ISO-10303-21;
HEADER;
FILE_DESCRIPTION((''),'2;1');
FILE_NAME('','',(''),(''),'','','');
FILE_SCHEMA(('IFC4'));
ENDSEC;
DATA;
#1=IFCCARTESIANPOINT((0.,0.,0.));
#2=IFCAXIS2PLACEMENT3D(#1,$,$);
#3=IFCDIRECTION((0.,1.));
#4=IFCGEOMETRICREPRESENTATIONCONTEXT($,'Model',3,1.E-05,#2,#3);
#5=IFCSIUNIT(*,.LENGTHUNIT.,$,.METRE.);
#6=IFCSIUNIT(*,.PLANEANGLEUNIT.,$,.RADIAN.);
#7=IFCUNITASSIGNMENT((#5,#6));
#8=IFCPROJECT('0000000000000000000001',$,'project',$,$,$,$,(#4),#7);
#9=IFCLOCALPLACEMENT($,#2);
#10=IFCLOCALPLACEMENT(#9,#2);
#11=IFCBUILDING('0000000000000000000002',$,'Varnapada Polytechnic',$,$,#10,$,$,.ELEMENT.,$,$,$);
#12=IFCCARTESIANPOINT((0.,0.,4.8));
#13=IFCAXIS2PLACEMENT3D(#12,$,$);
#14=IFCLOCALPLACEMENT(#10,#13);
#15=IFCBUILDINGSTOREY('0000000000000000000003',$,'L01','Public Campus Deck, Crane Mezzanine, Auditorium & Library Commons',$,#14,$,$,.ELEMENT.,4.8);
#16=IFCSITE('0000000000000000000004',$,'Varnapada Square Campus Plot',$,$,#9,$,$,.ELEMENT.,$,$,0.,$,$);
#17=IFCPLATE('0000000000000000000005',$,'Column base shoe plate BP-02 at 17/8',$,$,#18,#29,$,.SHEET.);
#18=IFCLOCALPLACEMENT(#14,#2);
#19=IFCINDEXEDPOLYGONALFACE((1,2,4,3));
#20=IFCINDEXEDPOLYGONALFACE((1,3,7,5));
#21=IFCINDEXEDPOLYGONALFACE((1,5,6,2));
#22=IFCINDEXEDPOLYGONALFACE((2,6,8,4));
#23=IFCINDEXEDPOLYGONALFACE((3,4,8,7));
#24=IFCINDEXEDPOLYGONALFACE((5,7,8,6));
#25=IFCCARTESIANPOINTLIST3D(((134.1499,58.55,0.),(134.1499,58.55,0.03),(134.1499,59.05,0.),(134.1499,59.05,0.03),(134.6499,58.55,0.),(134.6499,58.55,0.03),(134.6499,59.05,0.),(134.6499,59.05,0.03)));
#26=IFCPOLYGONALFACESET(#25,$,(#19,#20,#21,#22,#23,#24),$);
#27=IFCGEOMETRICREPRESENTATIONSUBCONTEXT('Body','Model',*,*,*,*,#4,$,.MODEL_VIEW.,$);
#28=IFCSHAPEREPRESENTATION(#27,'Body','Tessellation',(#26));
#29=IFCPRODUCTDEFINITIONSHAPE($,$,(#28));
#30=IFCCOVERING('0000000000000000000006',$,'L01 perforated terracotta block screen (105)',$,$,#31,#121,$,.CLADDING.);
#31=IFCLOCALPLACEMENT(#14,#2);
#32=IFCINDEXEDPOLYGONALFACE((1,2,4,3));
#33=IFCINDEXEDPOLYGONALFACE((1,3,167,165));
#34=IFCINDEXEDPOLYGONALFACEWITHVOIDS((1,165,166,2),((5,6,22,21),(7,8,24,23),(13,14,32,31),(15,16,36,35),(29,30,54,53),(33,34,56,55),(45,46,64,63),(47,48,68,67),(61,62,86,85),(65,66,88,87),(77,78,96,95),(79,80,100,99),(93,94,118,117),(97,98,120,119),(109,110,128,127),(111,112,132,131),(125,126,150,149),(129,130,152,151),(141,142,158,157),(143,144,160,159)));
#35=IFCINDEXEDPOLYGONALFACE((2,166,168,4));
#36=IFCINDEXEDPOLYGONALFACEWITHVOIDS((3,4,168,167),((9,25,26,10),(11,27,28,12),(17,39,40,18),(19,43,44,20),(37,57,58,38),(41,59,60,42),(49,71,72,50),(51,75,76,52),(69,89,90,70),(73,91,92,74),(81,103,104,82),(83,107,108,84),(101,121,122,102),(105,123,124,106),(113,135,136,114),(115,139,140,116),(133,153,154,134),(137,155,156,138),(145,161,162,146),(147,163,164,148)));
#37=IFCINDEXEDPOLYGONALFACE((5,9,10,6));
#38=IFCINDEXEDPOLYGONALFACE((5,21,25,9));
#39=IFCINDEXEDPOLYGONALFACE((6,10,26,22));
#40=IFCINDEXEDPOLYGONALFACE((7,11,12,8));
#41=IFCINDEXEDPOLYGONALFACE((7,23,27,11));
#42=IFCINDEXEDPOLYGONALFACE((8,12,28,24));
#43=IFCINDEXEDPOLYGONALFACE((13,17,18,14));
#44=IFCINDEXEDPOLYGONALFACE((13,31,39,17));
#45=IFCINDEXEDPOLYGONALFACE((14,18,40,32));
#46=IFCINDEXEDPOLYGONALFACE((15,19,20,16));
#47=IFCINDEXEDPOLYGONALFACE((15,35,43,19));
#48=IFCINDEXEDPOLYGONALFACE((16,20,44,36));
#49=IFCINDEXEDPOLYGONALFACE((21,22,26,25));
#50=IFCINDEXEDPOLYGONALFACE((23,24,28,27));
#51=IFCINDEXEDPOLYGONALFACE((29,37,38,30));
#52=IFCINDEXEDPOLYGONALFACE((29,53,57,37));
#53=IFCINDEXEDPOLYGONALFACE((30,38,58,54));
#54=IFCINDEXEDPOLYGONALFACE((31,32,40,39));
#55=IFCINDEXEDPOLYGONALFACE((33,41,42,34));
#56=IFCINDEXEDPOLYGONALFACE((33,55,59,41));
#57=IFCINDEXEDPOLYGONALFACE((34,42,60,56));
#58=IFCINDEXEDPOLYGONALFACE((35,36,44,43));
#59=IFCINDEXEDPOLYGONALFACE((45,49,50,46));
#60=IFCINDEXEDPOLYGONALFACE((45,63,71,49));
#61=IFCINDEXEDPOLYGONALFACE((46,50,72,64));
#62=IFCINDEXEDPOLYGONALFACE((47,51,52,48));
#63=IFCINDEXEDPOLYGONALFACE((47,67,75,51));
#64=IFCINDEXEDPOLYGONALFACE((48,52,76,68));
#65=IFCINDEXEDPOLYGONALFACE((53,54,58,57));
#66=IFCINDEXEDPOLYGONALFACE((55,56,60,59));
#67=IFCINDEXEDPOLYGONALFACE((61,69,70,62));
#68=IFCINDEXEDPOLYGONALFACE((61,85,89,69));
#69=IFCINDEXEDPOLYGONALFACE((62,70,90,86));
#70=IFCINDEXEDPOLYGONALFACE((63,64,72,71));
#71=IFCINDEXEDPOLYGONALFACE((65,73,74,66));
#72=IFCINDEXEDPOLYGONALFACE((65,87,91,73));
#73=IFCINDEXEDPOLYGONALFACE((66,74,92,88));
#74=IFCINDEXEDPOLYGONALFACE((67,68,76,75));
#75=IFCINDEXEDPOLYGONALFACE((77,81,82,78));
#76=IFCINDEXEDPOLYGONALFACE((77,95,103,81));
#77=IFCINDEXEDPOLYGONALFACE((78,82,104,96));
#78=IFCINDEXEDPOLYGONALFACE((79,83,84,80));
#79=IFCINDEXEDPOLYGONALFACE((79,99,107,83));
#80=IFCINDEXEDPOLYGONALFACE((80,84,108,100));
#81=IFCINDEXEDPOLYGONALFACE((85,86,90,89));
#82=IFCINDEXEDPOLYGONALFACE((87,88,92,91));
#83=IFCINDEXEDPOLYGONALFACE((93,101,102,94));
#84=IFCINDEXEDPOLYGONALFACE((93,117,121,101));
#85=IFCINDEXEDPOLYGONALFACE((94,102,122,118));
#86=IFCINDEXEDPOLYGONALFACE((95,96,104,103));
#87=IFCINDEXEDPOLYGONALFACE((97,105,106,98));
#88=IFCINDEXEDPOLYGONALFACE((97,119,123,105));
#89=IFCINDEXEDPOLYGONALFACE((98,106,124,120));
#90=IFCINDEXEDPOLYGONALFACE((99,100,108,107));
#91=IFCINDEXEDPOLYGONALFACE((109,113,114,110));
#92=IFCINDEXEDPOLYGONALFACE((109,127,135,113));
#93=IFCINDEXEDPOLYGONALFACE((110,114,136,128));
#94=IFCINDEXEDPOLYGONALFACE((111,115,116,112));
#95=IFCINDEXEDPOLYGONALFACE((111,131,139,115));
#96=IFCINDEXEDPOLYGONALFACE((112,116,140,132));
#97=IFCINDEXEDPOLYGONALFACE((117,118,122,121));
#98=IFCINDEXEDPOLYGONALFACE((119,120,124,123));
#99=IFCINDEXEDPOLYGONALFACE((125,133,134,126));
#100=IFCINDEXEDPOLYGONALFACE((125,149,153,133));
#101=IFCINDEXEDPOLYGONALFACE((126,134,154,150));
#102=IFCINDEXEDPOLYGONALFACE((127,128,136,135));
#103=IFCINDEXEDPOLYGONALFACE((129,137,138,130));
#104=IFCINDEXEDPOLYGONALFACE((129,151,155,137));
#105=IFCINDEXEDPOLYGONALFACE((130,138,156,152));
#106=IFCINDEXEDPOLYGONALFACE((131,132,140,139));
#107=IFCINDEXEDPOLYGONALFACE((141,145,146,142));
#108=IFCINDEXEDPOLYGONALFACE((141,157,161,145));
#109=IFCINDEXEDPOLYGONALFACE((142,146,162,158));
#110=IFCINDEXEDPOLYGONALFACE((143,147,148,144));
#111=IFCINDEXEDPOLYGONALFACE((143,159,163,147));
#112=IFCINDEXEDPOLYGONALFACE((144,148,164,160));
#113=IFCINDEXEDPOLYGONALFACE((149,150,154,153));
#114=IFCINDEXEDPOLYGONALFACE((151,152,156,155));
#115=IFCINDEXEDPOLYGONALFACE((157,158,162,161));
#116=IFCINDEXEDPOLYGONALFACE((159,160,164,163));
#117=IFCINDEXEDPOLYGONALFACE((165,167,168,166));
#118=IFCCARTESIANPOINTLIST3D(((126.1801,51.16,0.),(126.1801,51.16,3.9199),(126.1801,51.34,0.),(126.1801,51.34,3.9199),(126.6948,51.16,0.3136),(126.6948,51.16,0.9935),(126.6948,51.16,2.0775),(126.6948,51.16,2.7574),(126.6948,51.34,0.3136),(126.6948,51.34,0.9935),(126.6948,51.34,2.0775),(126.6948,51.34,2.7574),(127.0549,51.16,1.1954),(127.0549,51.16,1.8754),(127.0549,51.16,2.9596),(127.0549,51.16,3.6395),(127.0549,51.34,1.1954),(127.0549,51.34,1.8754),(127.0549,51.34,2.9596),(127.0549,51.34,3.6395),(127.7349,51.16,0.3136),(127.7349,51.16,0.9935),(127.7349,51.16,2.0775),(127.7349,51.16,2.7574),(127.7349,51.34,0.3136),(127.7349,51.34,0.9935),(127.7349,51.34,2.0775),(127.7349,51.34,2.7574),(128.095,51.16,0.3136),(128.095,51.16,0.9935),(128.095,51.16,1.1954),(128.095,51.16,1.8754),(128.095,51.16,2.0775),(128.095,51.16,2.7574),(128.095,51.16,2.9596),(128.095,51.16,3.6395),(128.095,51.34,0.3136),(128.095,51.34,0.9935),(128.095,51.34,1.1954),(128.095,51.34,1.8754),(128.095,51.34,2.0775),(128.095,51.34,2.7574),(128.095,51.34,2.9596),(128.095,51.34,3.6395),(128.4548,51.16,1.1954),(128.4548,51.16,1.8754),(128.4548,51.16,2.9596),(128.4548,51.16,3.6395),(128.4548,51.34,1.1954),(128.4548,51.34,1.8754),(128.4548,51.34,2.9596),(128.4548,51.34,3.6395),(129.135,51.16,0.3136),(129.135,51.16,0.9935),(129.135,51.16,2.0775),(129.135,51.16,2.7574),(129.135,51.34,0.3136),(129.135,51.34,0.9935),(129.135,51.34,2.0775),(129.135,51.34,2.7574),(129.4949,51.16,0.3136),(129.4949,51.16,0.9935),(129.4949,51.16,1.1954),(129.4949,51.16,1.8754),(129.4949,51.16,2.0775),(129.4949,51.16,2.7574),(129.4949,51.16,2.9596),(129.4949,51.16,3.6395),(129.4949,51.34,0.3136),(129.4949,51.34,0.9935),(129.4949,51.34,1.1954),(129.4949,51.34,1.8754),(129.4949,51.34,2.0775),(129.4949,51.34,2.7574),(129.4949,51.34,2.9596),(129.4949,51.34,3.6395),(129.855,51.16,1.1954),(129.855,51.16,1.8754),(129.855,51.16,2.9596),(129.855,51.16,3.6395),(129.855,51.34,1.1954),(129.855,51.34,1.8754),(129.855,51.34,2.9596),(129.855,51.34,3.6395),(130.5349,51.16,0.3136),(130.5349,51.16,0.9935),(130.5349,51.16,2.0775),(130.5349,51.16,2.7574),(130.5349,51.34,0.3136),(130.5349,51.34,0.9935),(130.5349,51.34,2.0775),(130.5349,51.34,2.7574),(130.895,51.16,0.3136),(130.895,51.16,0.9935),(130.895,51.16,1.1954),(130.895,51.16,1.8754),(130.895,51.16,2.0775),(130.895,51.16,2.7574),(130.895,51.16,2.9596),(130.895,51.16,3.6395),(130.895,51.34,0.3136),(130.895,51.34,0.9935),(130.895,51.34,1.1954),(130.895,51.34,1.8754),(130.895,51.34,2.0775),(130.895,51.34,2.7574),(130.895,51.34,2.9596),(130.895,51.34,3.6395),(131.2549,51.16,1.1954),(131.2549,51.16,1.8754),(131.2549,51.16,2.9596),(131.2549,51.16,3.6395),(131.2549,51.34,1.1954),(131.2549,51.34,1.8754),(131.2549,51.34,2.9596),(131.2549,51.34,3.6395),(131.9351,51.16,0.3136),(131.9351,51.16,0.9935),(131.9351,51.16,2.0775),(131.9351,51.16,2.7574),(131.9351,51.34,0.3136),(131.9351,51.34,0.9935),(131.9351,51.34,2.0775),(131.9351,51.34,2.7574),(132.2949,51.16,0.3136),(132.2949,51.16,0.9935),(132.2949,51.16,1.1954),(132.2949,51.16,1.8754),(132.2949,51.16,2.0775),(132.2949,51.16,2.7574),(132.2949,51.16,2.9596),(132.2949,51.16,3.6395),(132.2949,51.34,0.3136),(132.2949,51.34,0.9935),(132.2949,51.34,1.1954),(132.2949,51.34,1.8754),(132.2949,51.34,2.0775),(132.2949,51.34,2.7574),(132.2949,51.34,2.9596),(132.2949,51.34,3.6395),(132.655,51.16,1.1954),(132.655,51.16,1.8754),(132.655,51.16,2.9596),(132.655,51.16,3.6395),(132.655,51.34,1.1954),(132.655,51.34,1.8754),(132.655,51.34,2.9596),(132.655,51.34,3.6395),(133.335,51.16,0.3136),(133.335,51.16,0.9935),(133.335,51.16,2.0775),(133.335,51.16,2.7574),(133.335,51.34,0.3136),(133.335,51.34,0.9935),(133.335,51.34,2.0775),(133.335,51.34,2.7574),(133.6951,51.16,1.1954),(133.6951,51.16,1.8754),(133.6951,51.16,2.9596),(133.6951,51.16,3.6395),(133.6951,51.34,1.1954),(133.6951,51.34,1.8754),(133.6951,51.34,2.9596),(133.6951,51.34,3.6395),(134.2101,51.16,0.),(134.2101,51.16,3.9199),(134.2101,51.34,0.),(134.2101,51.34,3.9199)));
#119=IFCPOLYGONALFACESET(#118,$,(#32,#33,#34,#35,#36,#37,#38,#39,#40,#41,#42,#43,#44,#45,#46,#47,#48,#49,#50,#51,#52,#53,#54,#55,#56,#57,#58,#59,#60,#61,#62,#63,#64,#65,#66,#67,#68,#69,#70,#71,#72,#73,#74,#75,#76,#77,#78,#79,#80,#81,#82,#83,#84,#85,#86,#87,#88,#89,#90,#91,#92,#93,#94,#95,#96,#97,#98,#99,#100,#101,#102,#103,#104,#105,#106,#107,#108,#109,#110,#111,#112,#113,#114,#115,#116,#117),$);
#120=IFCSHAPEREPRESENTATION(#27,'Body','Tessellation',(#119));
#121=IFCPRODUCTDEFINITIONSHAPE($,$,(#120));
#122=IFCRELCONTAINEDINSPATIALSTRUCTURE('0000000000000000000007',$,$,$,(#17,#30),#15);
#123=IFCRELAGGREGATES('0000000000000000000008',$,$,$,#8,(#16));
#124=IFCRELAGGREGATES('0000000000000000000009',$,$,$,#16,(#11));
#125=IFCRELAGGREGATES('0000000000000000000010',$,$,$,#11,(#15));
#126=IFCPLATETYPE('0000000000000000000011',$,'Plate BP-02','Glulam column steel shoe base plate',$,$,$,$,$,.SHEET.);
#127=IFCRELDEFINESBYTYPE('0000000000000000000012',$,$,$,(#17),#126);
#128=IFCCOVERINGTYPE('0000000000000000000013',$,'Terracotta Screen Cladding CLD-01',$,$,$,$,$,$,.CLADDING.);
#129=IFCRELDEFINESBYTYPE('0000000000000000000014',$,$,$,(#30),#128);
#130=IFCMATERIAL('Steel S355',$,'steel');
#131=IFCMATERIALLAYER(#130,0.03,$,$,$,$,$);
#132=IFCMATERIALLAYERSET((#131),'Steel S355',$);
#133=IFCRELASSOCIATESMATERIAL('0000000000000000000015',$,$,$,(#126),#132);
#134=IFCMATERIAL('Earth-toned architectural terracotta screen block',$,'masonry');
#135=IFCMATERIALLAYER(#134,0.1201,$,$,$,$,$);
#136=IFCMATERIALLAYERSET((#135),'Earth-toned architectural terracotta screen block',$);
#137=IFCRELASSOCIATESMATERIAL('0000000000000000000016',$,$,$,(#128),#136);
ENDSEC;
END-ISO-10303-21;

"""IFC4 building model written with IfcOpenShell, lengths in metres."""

from ifc_helpers import new_model, si_unit, direction, frame, frame_2d, origin, origin_2d, place, context, subcontext, project, spatial, rectangle, extrude, material, layer, layer_set, type_object, element, save


model = new_model("IFC4")

# Units and contexts
model_context = context("Model", 3, precision=1e-05, world=origin(), true_north=direction((0.0, 1.0)))
body_context = subcontext(model_context, "Body", "Model", "MODEL_VIEW")
ifc_project = project(units=[si_unit("LENGTHUNIT", "METRE"), si_unit("PLANEANGLEUNIT", "RADIAN")], contexts=[model_context])

# Site, building, storey
site_placement = place(None, origin())
site = spatial("IfcSite", under=ifc_project, at=site_placement, Name="Varnapada Square Campus Plot", CompositionType="ELEMENT", RefElevation=0.0)
building_placement = place(site_placement, origin())
building = spatial("IfcBuilding", under=site, at=building_placement, Name="Varnapada Polytechnic", CompositionType="ELEMENT")
storey_placement = place(building_placement, frame((0.0, 0.0, 4.8)))
storey = spatial("IfcBuildingStorey", under=building, at=storey_placement, Name="L01", Description="Public Campus Deck, Crane Mezzanine, Auditorium & Library Commons", CompositionType="ELEMENT", Elevation=4.8)

# Plate
ifc_material_1 = material(Name="Steel S355", Category="steel")
ifc_layer_1 = layer(ifc_material_1, 0.03)
ifc_layer_set_1 = layer_set([ifc_layer_1], Name="Steel S355")
plate_type = type_object("IfcPlateType", Name="Plate BP-02", Description="Glulam column steel shoe base plate", PredefinedType="SHEET", material=ifc_layer_set_1)
plate_placement = place(storey_placement, frame((134.3999, 58.8, 0.0), z_axis=(0.0, 0.0, 1.0), x_axis=(1.0, 0.0, 0.0)))
element("IfcPlate", 1, at=plate_placement, inside=storey, type_object=plate_type, Name="Column base shoe plate BP-02 at 17/8", PredefinedType="SHEET", context=body_context, shape_type="SweptSolid", body=[
    extrude(rectangle(XDim=0.5, YDim=0.5, at=origin_2d()), origin(), (0.0, 0.0, 1.0), 0.03),
])

# Covering, openings
ifc_material_2 = material(Name="Earth-toned architectural terracotta screen block", Category="masonry")
ifc_layer_2 = layer(ifc_material_2, 0.1201)
ifc_layer_set_2 = layer_set([ifc_layer_2], Name="Earth-toned architectural terracotta screen block")
covering_type = type_object("IfcCoveringType", Name="Terracotta Screen Cladding CLD-01", PredefinedType="CLADDING", material=ifc_layer_set_2)
covering_placement = place(storey_placement, frame((126.1799, 51.25, 0.0), z_axis=(0.0, 0.0, 1.0), x_axis=(1.0, 0.0, 0.0)))
covering = element("IfcCovering", 2, at=covering_placement, inside=storey, type_object=covering_type, Name="L01 perforated terracotta block screen (105)", PredefinedType="CLADDING", context=body_context, shape_type="SweptSolid", body=[
    extrude(rectangle(XDim=8.03, YDim=0.1799, at=frame_2d((4.0151, 0.0))), origin(), (0.0, 0.0, 1.0), 3.9199),
])
opening_1_placement = place(covering_placement, frame((0.5149, 0.0, 0.3137)))
element("IfcOpeningElement", 3, at=opening_1_placement, cuts=covering, PredefinedType="OPENING", context=body_context, shape_type="SweptSolid", body=[
    extrude(rectangle(XDim=1.04, YDim=0.6799, at=frame_2d((0.52, 0.3398))), frame((0.0, 0.0999, 0.0), z_axis=(0.0, -1.0, 0.0), x_axis=(1.0, 0.0, 0.0)), (0.0, 0.0, 1.0), 0.2),
])
opening_2_placement = place(covering_placement, frame((1.915, 0.0, 0.3137)))
element("IfcOpeningElement", 4, at=opening_2_placement, cuts=covering, PredefinedType="OPENING", context=body_context, shape_type="SweptSolid", body=[
    extrude(rectangle(XDim=1.04, YDim=0.6799, at=frame_2d((0.52, 0.3398))), frame((0.0, 0.0999, 0.0), z_axis=(0.0, -1.0, 0.0), x_axis=(1.0, 0.0, 0.0)), (0.0, 0.0, 1.0), 0.2),
])
opening_3_placement = place(covering_placement, frame((3.3149, 0.0, 0.3137)))
element("IfcOpeningElement", 5, at=opening_3_placement, cuts=covering, PredefinedType="OPENING", context=body_context, shape_type="SweptSolid", body=[
    extrude(rectangle(XDim=1.04, YDim=0.6799, at=frame_2d((0.52, 0.3398))), frame((0.0, 0.0999, 0.0), z_axis=(0.0, -1.0, 0.0), x_axis=(1.0, 0.0, 0.0)), (0.0, 0.0, 1.0), 0.2),
])
opening_4_placement = place(covering_placement, frame((4.7151, 0.0, 0.3137)))
element("IfcOpeningElement", 6, at=opening_4_placement, cuts=covering, PredefinedType="OPENING", context=body_context, shape_type="SweptSolid", body=[
    extrude(rectangle(XDim=1.04, YDim=0.6799, at=frame_2d((0.52, 0.3398))), frame((0.0, 0.0999, 0.0), z_axis=(0.0, -1.0, 0.0), x_axis=(1.0, 0.0, 0.0)), (0.0, 0.0, 1.0), 0.2),
])
opening_5_placement = place(covering_placement, frame((6.115, 0.0, 0.3137)))
element("IfcOpeningElement", 7, at=opening_5_placement, cuts=covering, PredefinedType="OPENING", context=body_context, shape_type="SweptSolid", body=[
    extrude(rectangle(XDim=1.04, YDim=0.6799, at=frame_2d((0.52, 0.3398))), frame((0.0, 0.0999, 0.0), z_axis=(0.0, -1.0, 0.0), x_axis=(1.0, 0.0, 0.0)), (0.0, 0.0, 1.0), 0.2),
])
opening_6_placement = place(covering_placement, frame((0.875, 0.0, 1.1956)))
element("IfcOpeningElement", 8, at=opening_6_placement, cuts=covering, PredefinedType="OPENING", context=body_context, shape_type="SweptSolid", body=[
    extrude(rectangle(XDim=1.04, YDim=0.6799, at=frame_2d((0.52, 0.3398))), frame((0.0, 0.0999, 0.0), z_axis=(0.0, -1.0, 0.0), x_axis=(1.0, 0.0, 0.0)), (0.0, 0.0, 1.0), 0.2),
])
opening_7_placement = place(covering_placement, frame((2.2749, 0.0, 1.1956)))
element("IfcOpeningElement", 9, at=opening_7_placement, cuts=covering, PredefinedType="OPENING", context=body_context, shape_type="SweptSolid", body=[
    extrude(rectangle(XDim=1.04, YDim=0.6799, at=frame_2d((0.52, 0.3398))), frame((0.0, 0.0999, 0.0), z_axis=(0.0, -1.0, 0.0), x_axis=(1.0, 0.0, 0.0)), (0.0, 0.0, 1.0), 0.2),
])
opening_8_placement = place(covering_placement, frame((3.675, 0.0, 1.1956)))
element("IfcOpeningElement", 10, at=opening_8_placement, cuts=covering, PredefinedType="OPENING", context=body_context, shape_type="SweptSolid", body=[
    extrude(rectangle(XDim=1.04, YDim=0.6799, at=frame_2d((0.52, 0.3398))), frame((0.0, 0.0999, 0.0), z_axis=(0.0, -1.0, 0.0), x_axis=(1.0, 0.0, 0.0)), (0.0, 0.0, 1.0), 0.2),
])
opening_9_placement = place(covering_placement, frame((5.075, 0.0, 1.1956)))
element("IfcOpeningElement", 11, at=opening_9_placement, cuts=covering, PredefinedType="OPENING", context=body_context, shape_type="SweptSolid", body=[
    extrude(rectangle(XDim=1.04, YDim=0.6799, at=frame_2d((0.52, 0.3398))), frame((0.0, 0.0999, 0.0), z_axis=(0.0, -1.0, 0.0), x_axis=(1.0, 0.0, 0.0)), (0.0, 0.0, 1.0), 0.2),
])
opening_10_placement = place(covering_placement, frame((6.4751, 0.0, 1.1956)))
element("IfcOpeningElement", 12, at=opening_10_placement, cuts=covering, PredefinedType="OPENING", context=body_context, shape_type="SweptSolid", body=[
    extrude(rectangle(XDim=1.04, YDim=0.6799, at=frame_2d((0.52, 0.3398))), frame((0.0, 0.0999, 0.0), z_axis=(0.0, -1.0, 0.0), x_axis=(1.0, 0.0, 0.0)), (0.0, 0.0, 1.0), 0.2),
])
opening_11_placement = place(covering_placement, frame((0.5149, 0.0, 2.0776)))
element("IfcOpeningElement", 13, at=opening_11_placement, cuts=covering, PredefinedType="OPENING", context=body_context, shape_type="SweptSolid", body=[
    extrude(rectangle(XDim=1.04, YDim=0.6799, at=frame_2d((0.52, 0.3398))), frame((0.0, 0.0999, 0.0), z_axis=(0.0, -1.0, 0.0), x_axis=(1.0, 0.0, 0.0)), (0.0, 0.0, 1.0), 0.2),
])
opening_12_placement = place(covering_placement, frame((1.915, 0.0, 2.0776)))
element("IfcOpeningElement", 14, at=opening_12_placement, cuts=covering, PredefinedType="OPENING", context=body_context, shape_type="SweptSolid", body=[
    extrude(rectangle(XDim=1.04, YDim=0.6799, at=frame_2d((0.52, 0.3398))), frame((0.0, 0.0999, 0.0), z_axis=(0.0, -1.0, 0.0), x_axis=(1.0, 0.0, 0.0)), (0.0, 0.0, 1.0), 0.2),
])
opening_13_placement = place(covering_placement, frame((3.3149, 0.0, 2.0776)))
element("IfcOpeningElement", 15, at=opening_13_placement, cuts=covering, PredefinedType="OPENING", context=body_context, shape_type="SweptSolid", body=[
    extrude(rectangle(XDim=1.04, YDim=0.6799, at=frame_2d((0.52, 0.3398))), frame((0.0, 0.0999, 0.0), z_axis=(0.0, -1.0, 0.0), x_axis=(1.0, 0.0, 0.0)), (0.0, 0.0, 1.0), 0.2),
])
opening_14_placement = place(covering_placement, frame((4.7151, 0.0, 2.0776)))
element("IfcOpeningElement", 16, at=opening_14_placement, cuts=covering, PredefinedType="OPENING", context=body_context, shape_type="SweptSolid", body=[
    extrude(rectangle(XDim=1.04, YDim=0.6799, at=frame_2d((0.52, 0.3398))), frame((0.0, 0.0999, 0.0), z_axis=(0.0, -1.0, 0.0), x_axis=(1.0, 0.0, 0.0)), (0.0, 0.0, 1.0), 0.2),
])
opening_15_placement = place(covering_placement, frame((6.115, 0.0, 2.0776)))
element("IfcOpeningElement", 17, at=opening_15_placement, cuts=covering, PredefinedType="OPENING", context=body_context, shape_type="SweptSolid", body=[
    extrude(rectangle(XDim=1.04, YDim=0.6799, at=frame_2d((0.52, 0.3398))), frame((0.0, 0.0999, 0.0), z_axis=(0.0, -1.0, 0.0), x_axis=(1.0, 0.0, 0.0)), (0.0, 0.0, 1.0), 0.2),
])
opening_16_placement = place(covering_placement, frame((0.875, 0.0, 2.9597)))
element("IfcOpeningElement", 18, at=opening_16_placement, cuts=covering, PredefinedType="OPENING", context=body_context, shape_type="SweptSolid", body=[
    extrude(rectangle(XDim=1.04, YDim=0.6799, at=frame_2d((0.52, 0.3398))), frame((0.0, 0.0999, 0.0), z_axis=(0.0, -1.0, 0.0), x_axis=(1.0, 0.0, 0.0)), (0.0, 0.0, 1.0), 0.2),
])
opening_17_placement = place(covering_placement, frame((2.2749, 0.0, 2.9597)))
element("IfcOpeningElement", 19, at=opening_17_placement, cuts=covering, PredefinedType="OPENING", context=body_context, shape_type="SweptSolid", body=[
    extrude(rectangle(XDim=1.04, YDim=0.6799, at=frame_2d((0.52, 0.3398))), frame((0.0, 0.0999, 0.0), z_axis=(0.0, -1.0, 0.0), x_axis=(1.0, 0.0, 0.0)), (0.0, 0.0, 1.0), 0.2),
])
opening_18_placement = place(covering_placement, frame((3.675, 0.0, 2.9597)))
element("IfcOpeningElement", 20, at=opening_18_placement, cuts=covering, PredefinedType="OPENING", context=body_context, shape_type="SweptSolid", body=[
    extrude(rectangle(XDim=1.04, YDim=0.6799, at=frame_2d((0.52, 0.3398))), frame((0.0, 0.0999, 0.0), z_axis=(0.0, -1.0, 0.0), x_axis=(1.0, 0.0, 0.0)), (0.0, 0.0, 1.0), 0.2),
])
opening_19_placement = place(covering_placement, frame((5.075, 0.0, 2.9597)))
element("IfcOpeningElement", 21, at=opening_19_placement, cuts=covering, PredefinedType="OPENING", context=body_context, shape_type="SweptSolid", body=[
    extrude(rectangle(XDim=1.04, YDim=0.6799, at=frame_2d((0.52, 0.3398))), frame((0.0, 0.0999, 0.0), z_axis=(0.0, -1.0, 0.0), x_axis=(1.0, 0.0, 0.0)), (0.0, 0.0, 1.0), 0.2),
])
opening_20_placement = place(covering_placement, frame((6.4751, 0.0, 2.9597)))
element("IfcOpeningElement", 22, at=opening_20_placement, cuts=covering, PredefinedType="OPENING", context=body_context, shape_type="SweptSolid", body=[
    extrude(rectangle(XDim=1.04, YDim=0.6799, at=frame_2d((0.52, 0.3398))), frame((0.0, 0.0999, 0.0), z_axis=(0.0, -1.0, 0.0), x_axis=(1.0, 0.0, 0.0)), (0.0, 0.0, 1.0), 0.2),
])

save(model, "model.ifc")
